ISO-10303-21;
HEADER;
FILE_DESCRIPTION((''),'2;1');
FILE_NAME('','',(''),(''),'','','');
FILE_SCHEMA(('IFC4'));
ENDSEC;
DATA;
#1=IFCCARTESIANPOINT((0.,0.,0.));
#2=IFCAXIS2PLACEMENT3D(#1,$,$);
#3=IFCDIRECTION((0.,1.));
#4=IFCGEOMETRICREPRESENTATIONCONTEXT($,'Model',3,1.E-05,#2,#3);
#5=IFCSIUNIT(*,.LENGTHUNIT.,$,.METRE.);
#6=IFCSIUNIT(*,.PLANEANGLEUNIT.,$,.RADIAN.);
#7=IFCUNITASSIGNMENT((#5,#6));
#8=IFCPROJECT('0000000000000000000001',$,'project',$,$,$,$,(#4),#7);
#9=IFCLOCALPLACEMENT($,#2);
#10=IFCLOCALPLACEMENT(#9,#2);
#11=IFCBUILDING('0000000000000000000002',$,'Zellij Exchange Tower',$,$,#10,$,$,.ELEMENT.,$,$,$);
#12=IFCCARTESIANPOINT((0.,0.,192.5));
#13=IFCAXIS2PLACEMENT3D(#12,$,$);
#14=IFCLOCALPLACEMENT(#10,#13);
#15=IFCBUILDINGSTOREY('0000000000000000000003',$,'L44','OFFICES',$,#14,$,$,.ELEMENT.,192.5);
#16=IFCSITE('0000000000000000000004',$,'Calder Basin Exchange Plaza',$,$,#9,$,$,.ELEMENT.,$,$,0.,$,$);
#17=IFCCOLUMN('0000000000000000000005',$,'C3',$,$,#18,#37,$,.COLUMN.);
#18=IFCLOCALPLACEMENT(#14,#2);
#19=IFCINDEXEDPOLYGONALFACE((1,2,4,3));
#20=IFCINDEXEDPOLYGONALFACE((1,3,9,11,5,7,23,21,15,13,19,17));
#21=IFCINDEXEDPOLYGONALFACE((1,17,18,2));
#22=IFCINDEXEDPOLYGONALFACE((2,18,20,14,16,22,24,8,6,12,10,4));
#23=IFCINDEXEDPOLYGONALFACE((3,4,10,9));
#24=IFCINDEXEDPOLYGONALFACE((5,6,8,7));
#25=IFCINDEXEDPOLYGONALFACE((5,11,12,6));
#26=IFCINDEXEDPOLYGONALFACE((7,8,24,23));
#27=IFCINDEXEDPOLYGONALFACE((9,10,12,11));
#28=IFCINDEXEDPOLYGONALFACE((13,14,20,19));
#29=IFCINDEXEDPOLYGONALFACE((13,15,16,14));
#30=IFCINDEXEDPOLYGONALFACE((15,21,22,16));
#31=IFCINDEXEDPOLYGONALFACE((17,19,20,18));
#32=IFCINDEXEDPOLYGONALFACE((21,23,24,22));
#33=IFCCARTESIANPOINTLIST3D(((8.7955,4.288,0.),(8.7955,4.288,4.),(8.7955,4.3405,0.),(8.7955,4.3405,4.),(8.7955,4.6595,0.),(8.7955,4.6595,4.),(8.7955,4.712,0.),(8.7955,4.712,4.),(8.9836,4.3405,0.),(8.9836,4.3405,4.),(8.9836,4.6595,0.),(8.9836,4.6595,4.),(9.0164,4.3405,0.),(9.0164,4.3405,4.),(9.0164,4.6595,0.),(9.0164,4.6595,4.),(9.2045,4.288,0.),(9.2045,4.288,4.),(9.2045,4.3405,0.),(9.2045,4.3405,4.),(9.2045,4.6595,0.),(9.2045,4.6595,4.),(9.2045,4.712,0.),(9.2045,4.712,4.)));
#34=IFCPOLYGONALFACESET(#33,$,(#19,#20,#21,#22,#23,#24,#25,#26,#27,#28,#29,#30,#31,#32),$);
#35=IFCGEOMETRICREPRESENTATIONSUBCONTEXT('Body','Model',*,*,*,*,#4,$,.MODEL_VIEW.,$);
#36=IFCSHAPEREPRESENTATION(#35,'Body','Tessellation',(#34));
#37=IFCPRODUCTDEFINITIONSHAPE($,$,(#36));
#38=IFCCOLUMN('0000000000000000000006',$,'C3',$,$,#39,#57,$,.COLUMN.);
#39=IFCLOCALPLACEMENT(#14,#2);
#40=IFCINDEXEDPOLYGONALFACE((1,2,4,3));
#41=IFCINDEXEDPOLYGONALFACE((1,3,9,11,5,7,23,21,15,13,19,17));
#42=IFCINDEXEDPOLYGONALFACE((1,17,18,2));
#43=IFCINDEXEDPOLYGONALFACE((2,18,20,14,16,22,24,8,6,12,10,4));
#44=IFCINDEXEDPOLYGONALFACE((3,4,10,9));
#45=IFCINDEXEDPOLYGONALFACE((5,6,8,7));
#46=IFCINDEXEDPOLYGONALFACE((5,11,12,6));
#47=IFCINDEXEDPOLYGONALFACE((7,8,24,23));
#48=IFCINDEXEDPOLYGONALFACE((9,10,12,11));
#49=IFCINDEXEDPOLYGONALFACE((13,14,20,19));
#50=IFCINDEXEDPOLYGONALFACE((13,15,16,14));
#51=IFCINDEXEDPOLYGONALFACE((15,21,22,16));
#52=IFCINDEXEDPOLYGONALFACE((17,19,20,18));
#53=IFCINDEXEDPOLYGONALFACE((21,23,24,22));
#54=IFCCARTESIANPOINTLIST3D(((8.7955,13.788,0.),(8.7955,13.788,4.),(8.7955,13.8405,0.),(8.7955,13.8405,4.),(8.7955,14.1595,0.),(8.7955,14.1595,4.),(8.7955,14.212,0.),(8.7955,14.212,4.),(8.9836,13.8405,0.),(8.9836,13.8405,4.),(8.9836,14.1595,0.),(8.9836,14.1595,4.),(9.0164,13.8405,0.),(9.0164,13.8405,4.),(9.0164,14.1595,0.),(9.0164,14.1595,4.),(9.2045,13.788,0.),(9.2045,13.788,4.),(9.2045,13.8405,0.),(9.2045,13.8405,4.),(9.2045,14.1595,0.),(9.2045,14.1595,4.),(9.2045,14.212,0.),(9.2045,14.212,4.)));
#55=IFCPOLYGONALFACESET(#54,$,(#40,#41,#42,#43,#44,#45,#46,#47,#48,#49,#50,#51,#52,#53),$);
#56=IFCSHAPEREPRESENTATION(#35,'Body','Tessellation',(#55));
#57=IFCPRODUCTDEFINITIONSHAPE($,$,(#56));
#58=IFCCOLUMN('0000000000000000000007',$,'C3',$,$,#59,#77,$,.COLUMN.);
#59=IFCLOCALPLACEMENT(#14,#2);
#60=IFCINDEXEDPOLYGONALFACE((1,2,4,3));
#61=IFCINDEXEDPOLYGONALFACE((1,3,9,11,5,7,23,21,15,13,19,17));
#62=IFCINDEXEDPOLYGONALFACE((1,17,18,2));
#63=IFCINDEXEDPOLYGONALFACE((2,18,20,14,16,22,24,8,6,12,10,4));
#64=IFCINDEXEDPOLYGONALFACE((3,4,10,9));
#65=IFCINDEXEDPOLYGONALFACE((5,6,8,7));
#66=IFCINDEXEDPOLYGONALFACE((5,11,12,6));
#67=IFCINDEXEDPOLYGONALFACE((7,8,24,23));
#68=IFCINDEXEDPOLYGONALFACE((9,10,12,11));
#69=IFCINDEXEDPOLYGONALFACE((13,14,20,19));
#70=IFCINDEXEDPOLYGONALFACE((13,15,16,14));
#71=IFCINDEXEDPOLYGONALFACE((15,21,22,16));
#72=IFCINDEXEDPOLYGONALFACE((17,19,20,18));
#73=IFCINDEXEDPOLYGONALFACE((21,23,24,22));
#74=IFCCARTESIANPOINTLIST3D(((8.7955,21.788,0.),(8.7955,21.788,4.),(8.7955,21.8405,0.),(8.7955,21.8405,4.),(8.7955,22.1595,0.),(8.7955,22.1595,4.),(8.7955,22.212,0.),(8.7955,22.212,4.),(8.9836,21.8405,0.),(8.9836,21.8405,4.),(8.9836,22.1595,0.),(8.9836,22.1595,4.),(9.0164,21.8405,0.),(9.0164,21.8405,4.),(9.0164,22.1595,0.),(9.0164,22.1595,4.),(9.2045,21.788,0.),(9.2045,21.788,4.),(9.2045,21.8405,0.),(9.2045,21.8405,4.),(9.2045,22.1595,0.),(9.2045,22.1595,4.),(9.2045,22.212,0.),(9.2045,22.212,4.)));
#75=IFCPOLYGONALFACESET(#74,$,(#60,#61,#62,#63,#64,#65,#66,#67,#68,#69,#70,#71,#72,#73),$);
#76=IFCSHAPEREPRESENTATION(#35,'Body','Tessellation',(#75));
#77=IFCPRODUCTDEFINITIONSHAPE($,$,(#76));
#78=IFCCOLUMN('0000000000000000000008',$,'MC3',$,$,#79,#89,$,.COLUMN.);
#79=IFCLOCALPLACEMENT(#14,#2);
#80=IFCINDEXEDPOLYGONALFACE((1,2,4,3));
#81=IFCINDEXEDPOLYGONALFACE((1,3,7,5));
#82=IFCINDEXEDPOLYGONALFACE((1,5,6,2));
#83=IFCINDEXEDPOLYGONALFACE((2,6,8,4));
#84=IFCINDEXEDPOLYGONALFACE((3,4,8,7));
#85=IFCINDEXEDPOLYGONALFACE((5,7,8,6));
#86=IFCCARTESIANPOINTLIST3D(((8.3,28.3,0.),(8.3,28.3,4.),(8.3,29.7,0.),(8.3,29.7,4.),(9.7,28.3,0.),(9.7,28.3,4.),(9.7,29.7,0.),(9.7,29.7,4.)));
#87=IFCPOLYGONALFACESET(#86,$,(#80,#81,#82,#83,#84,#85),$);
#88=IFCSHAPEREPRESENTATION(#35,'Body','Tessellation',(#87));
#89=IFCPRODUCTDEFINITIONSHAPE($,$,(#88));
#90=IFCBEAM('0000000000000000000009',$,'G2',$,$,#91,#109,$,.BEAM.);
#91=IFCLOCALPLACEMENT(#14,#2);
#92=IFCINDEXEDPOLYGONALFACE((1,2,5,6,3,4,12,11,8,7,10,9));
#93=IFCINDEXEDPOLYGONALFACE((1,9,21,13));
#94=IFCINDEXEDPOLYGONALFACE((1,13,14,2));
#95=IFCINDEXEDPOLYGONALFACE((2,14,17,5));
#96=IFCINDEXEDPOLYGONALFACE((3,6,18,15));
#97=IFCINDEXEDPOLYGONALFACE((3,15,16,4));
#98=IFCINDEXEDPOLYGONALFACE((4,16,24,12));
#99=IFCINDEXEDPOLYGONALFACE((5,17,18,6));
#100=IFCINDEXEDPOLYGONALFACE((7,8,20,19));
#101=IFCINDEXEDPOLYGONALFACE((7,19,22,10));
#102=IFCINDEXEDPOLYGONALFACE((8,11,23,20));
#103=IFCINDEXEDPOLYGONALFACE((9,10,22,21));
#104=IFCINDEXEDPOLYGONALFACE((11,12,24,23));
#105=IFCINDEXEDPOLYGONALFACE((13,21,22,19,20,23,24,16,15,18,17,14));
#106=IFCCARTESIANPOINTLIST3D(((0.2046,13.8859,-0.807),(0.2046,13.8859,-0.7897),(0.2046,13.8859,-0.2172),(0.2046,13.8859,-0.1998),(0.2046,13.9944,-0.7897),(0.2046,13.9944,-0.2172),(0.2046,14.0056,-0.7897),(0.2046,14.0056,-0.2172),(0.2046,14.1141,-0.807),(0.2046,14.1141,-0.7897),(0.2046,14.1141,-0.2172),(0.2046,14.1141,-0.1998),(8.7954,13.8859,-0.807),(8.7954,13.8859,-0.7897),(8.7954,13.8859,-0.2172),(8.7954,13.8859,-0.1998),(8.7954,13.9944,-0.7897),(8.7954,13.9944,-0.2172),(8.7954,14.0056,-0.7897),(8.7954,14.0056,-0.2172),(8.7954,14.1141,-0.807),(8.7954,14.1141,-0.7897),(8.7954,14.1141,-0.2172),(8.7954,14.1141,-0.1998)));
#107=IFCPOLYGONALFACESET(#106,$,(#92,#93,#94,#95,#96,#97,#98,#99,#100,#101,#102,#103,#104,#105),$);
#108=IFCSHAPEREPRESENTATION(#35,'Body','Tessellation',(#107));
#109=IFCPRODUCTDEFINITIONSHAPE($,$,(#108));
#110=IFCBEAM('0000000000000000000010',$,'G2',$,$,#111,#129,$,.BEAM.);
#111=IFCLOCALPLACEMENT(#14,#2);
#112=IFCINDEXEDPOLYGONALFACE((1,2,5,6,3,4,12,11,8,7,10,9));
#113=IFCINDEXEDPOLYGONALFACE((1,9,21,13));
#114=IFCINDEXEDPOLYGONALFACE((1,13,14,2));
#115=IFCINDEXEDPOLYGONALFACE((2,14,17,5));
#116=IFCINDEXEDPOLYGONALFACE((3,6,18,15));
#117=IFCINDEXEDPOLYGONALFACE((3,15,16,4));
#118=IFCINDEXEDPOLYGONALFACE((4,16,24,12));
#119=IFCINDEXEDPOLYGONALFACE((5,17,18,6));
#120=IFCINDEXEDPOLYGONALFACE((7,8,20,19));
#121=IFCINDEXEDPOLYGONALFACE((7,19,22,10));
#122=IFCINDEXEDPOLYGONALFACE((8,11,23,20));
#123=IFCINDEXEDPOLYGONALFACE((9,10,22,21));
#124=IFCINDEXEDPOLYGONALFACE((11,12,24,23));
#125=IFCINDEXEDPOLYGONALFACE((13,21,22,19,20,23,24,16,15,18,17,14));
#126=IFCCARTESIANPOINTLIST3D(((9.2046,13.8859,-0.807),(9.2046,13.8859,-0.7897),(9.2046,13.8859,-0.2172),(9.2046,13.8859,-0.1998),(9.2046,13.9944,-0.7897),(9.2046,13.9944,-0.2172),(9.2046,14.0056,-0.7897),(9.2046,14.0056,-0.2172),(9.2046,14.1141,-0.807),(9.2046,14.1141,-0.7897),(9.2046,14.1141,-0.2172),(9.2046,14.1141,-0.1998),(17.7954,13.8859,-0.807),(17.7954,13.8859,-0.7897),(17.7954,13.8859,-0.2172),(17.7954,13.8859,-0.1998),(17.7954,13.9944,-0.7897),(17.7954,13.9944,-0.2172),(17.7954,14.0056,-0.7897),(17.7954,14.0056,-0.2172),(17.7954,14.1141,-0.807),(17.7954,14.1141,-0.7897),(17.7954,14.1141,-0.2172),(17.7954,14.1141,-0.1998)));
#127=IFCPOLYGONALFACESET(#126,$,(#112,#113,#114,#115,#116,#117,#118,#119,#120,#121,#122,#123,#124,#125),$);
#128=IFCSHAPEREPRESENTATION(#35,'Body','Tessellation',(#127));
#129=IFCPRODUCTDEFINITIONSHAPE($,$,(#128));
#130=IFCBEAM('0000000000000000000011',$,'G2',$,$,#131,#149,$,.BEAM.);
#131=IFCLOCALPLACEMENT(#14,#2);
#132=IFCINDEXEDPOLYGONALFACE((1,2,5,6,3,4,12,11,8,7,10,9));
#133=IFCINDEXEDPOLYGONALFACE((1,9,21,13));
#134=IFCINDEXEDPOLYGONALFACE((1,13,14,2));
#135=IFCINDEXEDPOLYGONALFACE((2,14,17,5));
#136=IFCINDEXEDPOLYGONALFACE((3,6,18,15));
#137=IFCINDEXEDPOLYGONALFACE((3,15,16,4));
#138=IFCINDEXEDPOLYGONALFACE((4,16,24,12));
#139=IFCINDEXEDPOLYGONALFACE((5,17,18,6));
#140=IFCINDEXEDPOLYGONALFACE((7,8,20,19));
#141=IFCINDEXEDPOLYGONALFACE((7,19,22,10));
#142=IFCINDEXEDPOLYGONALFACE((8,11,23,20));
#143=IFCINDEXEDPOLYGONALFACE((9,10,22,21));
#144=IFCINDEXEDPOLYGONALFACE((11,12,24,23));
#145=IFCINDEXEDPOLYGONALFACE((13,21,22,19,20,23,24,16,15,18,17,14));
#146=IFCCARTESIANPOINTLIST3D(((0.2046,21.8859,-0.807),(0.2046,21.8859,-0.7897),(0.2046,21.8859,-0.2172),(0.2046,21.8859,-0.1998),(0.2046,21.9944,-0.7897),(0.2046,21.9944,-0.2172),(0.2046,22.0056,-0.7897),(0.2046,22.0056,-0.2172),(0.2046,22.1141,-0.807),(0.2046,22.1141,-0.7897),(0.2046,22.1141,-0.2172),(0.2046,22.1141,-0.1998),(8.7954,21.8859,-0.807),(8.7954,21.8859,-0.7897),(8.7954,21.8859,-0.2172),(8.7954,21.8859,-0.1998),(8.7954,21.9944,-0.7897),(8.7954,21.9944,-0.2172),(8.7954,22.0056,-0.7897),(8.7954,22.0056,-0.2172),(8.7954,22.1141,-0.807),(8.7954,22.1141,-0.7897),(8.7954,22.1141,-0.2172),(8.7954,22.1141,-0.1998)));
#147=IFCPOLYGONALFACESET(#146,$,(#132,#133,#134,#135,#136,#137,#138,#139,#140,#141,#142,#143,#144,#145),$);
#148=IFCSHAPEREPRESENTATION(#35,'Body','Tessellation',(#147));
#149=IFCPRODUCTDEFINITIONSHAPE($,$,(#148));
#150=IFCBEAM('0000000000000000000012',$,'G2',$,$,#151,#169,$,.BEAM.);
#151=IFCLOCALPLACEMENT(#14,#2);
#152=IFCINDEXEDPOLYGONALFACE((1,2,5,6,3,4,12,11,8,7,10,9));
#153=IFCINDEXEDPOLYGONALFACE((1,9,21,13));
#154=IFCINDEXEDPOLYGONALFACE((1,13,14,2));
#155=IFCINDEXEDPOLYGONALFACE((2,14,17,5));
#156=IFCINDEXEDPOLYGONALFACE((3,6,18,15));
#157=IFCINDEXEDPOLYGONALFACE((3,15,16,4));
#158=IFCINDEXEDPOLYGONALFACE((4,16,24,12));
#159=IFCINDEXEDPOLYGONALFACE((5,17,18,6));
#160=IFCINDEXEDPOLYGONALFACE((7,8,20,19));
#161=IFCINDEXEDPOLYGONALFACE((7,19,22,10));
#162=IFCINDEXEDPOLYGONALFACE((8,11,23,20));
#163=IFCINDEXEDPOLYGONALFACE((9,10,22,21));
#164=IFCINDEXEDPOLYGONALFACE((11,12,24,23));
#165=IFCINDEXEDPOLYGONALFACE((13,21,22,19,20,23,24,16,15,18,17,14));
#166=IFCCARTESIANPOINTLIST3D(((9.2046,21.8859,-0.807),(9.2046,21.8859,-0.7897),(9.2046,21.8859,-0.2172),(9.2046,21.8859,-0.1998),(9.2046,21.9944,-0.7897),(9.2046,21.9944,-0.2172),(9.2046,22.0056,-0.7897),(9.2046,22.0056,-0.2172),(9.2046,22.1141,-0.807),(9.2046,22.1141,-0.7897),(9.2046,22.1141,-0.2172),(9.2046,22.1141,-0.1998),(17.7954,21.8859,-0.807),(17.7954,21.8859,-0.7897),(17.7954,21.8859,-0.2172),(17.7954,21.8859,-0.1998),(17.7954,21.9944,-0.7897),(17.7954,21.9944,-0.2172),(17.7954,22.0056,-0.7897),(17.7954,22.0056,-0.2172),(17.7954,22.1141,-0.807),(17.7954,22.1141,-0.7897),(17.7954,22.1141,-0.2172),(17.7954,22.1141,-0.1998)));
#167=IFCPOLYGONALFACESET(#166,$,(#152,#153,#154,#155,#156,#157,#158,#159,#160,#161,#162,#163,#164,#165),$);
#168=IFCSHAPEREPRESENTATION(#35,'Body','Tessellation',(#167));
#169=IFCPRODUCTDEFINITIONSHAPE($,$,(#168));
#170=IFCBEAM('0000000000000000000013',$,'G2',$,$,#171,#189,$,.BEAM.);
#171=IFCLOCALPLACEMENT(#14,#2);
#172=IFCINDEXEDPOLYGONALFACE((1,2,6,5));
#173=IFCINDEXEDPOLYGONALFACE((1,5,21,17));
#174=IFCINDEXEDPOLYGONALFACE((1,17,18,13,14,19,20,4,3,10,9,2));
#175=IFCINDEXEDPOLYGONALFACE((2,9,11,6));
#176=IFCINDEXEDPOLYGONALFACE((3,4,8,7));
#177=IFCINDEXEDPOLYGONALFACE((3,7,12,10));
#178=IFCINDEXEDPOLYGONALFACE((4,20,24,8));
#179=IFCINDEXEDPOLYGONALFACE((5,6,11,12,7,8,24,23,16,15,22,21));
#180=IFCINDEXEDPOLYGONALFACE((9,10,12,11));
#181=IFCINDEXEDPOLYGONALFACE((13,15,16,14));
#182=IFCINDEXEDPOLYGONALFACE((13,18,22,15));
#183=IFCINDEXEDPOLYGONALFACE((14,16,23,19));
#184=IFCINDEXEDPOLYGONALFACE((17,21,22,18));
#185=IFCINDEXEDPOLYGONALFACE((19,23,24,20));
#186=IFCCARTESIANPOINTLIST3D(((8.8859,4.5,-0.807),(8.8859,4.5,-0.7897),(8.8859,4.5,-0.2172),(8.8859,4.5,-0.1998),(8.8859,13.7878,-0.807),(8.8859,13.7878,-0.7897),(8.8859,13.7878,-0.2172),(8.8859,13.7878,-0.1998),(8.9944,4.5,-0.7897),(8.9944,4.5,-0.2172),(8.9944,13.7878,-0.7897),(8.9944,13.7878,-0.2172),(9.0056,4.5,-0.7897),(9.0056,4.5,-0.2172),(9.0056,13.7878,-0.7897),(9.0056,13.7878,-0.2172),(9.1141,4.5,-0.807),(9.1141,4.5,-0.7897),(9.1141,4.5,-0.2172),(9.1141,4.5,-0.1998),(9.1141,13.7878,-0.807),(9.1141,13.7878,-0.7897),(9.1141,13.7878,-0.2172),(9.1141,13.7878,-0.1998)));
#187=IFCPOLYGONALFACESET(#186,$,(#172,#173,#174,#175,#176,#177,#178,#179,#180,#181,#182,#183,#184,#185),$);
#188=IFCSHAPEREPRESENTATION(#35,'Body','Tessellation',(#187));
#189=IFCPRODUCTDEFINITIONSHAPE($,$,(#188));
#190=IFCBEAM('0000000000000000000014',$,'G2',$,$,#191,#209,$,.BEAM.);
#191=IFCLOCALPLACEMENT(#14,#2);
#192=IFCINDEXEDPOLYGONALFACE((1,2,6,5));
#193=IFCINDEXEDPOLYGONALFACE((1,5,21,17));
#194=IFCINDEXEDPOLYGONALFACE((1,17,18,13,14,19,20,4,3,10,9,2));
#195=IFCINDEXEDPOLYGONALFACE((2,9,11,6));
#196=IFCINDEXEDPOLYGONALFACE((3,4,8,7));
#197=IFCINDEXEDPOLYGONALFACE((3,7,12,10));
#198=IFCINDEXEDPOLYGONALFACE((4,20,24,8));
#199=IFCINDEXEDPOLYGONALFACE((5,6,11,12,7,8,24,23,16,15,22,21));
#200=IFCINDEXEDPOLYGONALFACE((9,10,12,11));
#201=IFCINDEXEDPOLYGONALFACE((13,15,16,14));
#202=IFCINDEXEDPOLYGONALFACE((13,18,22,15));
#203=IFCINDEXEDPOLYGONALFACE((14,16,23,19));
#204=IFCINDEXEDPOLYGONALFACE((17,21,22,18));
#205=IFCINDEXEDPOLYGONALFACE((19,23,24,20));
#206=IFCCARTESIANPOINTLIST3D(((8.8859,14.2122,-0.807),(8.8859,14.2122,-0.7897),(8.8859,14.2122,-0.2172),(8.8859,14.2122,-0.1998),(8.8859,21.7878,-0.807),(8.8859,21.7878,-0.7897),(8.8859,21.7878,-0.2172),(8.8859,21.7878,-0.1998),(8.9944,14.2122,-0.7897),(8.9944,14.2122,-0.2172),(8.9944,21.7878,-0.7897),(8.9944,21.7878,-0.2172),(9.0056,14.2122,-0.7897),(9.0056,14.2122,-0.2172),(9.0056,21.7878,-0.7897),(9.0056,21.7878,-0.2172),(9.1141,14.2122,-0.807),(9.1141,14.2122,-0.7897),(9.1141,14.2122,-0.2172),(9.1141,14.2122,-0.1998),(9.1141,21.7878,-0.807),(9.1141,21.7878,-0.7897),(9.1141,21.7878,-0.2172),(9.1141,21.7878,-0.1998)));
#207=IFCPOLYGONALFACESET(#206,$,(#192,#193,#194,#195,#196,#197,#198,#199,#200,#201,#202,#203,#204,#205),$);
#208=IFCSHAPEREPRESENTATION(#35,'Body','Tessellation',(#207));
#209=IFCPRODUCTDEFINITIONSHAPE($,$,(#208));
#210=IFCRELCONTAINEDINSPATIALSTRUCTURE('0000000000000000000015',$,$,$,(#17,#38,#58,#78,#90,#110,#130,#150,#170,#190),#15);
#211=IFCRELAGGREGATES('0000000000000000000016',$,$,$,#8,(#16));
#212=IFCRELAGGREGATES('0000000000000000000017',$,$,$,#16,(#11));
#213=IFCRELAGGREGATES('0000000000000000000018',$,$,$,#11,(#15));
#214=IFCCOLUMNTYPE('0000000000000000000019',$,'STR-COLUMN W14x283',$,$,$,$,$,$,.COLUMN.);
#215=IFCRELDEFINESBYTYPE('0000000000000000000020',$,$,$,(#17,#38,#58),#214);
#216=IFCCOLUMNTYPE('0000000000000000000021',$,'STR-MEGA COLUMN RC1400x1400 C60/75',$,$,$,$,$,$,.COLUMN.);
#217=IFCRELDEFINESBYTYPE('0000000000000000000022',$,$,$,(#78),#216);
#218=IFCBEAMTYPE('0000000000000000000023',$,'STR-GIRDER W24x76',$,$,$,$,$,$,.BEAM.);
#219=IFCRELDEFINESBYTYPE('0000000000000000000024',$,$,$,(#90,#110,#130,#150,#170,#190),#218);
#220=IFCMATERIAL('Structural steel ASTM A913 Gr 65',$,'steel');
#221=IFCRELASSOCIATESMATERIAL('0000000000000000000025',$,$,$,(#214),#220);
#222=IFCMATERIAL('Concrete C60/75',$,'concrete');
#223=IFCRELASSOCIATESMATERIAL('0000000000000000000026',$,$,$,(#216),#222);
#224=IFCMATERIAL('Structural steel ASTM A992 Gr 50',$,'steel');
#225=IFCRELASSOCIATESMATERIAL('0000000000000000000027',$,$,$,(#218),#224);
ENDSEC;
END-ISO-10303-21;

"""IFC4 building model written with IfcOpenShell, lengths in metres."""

from ifc_helpers import new_model, si_unit, direction, frame, origin, origin_2d, place, context, subcontext, project, spatial, rectangle, i_section, extrude, material, material_profile, profile_set, type_object, element, save


model = new_model("IFC4")

# Units and contexts
model_context = context("Model", 3, precision=1e-05, world=origin(), true_north=direction((0.0, 1.0)))
body_context = subcontext(model_context, "Body", "Model", "MODEL_VIEW")
ifc_project = project(units=[si_unit("LENGTHUNIT", "METRE"), si_unit("PLANEANGLEUNIT", "RADIAN")], contexts=[model_context])

# Site, building, storey
site_placement = place(None, origin())
site = spatial("IfcSite", under=ifc_project, at=site_placement, Name="Calder Basin Exchange Plaza", CompositionType="ELEMENT", RefElevation=0.0)
building_placement = place(site_placement, origin())
building = spatial("IfcBuilding", under=site, at=building_placement, Name="Zellij Exchange Tower", CompositionType="ELEMENT")
storey_placement = place(building_placement, frame((0.0, 0.0, 192.5)))
storey = spatial("IfcBuildingStorey", under=building, at=storey_placement, Name="L44", Description="OFFICES", CompositionType="ELEMENT", Elevation=192.5)

# Columns
ifc_material_1 = material(Name="Structural steel ASTM A913 Gr 65", Category="steel")
ifc_material_profile_1 = material_profile(ifc_material_1, i_section(OverallWidth=0.4089, OverallDepth=0.4241, WebThickness=0.0327, FlangeThickness=0.0525, at=origin_2d()), Name="W14x283")
ifc_profile_set_1 = profile_set([ifc_material_profile_1], Name="Structural steel ASTM A913 Gr 65")
column_type_1 = type_object("IfcColumnType", Name="STR-COLUMN W14x283", PredefinedType="COLUMN", material=ifc_profile_set_1)
for number, where, z_axis, x_axis, name in (
    (1, (9.0, 4.5, 0.0), (0.0, 0.0, 1.0), (1.0, 0.0, 0.0), "C3"),
    (2, (9.0, 14.0, 0.0), (0.0, 0.0, 1.0), (1.0, 0.0, 0.0), "C3"),
    (3, (9.0, 22.0, 0.0), (0.0, 0.0, 1.0), (1.0, 0.0, 0.0), "C3"),
):
    element("IfcColumn", number, at=place(storey_placement, frame(where, z_axis=z_axis, x_axis=x_axis)), inside=storey, type_object=column_type_1, Name=name, PredefinedType="COLUMN", context=body_context, shape_type="SweptSolid", body=[
        extrude(i_section(OverallWidth=0.4089, OverallDepth=0.4241, WebThickness=0.0327, FlangeThickness=0.0525, at=origin_2d()), origin(), (0.0, 0.0, 1.0), 4.0),
    ])
ifc_material_2 = material(Name="Concrete C60/75", Category="concrete")
ifc_material_profile_2 = material_profile(ifc_material_2, rectangle(XDim=1.3999, YDim=1.3999, at=origin_2d()), Name="STR-MEGA COLUMN RC1400x1400 C60/75")
ifc_profile_set_2 = profile_set([ifc_material_profile_2], Name="Concrete C60/75")
column_type_2 = type_object("IfcColumnType", Name="STR-MEGA COLUMN RC1400x1400 C60/75", PredefinedType="COLUMN", material=ifc_profile_set_2)
column_placement = place(storey_placement, frame((9.0, 29.0, 0.0), z_axis=(0.0, 0.0, 1.0), x_axis=(1.0, 0.0, 0.0)))
element("IfcColumn", 4, at=column_placement, inside=storey, type_object=column_type_2, Name="MC3", PredefinedType="COLUMN", context=body_context, shape_type="SweptSolid", body=[
    extrude(rectangle(XDim=1.3999, YDim=1.3999, at=origin_2d()), origin(), (0.0, 0.0, 1.0), 4.0),
])

# Beams
ifc_material_3 = material(Name="Structural steel ASTM A992 Gr 50", Category="steel")
ifc_material_profile_3 = material_profile(ifc_material_3, i_section(OverallWidth=0.2283, OverallDepth=0.6072, WebThickness=0.0112, FlangeThickness=0.0173, at=origin_2d()), Name="W24x76")
ifc_profile_set_3 = profile_set([ifc_material_profile_3], Name="Structural steel ASTM A992 Gr 50")
beam_type = type_object("IfcBeamType", Name="STR-GIRDER W24x76", PredefinedType="BEAM", material=ifc_profile_set_3)
for number, where, z_axis, x_axis, name in (
    (5, (0.2046, 14.0, -0.5034), (1.0, 0.0, 0.0), (0.0, 1.0, 0.0), "G2"),
    (6, (9.2046, 14.0, -0.5034), (1.0, 0.0, 0.0), (0.0, 1.0, 0.0), "G2"),
    (7, (0.2046, 22.0, -0.5034), (1.0, 0.0, 0.0), (0.0, 1.0, 0.0), "G2"),
    (8, (9.2046, 22.0, -0.5034), (1.0, 0.0, 0.0), (0.0, 1.0, 0.0), "G2"),
):
    element("IfcBeam", number, at=place(storey_placement, frame(where, z_axis=z_axis, x_axis=x_axis)), inside=storey, type_object=beam_type, Name=name, PredefinedType="BEAM", context=body_context, shape_type="SweptSolid", body=[
        extrude(i_section(OverallWidth=0.2283, OverallDepth=0.6072, WebThickness=0.0112, FlangeThickness=0.0173, at=origin_2d()), origin(), (0.0, 0.0, 1.0), 8.5908),
    ])
beam_1_placement = place(storey_placement, frame((9.0, 4.5, -0.5034), z_axis=(0.0, 1.0, 0.0), x_axis=(-1.0, 0.0, 0.0)))
element("IfcBeam", 9, at=beam_1_placement, inside=storey, type_object=beam_type, Name="G2", PredefinedType="BEAM", context=body_context, shape_type="SweptSolid", body=[
    extrude(i_section(OverallWidth=0.2283, OverallDepth=0.6072, WebThickness=0.0112, FlangeThickness=0.0173, at=origin_2d()), origin(), (0.0, 0.0, 1.0), 9.2878),
])
beam_2_placement = place(storey_placement, frame((9.0, 14.2122, -0.5034), z_axis=(0.0, 1.0, 0.0), x_axis=(-1.0, 0.0, 0.0)))
element("IfcBeam", 10, at=beam_2_placement, inside=storey, type_object=beam_type, Name="G2", PredefinedType="BEAM", context=body_context, shape_type="SweptSolid", body=[
    extrude(i_section(OverallWidth=0.2283, OverallDepth=0.6072, WebThickness=0.0112, FlangeThickness=0.0173, at=origin_2d()), origin(), (0.0, 0.0, 1.0), 7.5757),
])

save(model, "model.ifc")
